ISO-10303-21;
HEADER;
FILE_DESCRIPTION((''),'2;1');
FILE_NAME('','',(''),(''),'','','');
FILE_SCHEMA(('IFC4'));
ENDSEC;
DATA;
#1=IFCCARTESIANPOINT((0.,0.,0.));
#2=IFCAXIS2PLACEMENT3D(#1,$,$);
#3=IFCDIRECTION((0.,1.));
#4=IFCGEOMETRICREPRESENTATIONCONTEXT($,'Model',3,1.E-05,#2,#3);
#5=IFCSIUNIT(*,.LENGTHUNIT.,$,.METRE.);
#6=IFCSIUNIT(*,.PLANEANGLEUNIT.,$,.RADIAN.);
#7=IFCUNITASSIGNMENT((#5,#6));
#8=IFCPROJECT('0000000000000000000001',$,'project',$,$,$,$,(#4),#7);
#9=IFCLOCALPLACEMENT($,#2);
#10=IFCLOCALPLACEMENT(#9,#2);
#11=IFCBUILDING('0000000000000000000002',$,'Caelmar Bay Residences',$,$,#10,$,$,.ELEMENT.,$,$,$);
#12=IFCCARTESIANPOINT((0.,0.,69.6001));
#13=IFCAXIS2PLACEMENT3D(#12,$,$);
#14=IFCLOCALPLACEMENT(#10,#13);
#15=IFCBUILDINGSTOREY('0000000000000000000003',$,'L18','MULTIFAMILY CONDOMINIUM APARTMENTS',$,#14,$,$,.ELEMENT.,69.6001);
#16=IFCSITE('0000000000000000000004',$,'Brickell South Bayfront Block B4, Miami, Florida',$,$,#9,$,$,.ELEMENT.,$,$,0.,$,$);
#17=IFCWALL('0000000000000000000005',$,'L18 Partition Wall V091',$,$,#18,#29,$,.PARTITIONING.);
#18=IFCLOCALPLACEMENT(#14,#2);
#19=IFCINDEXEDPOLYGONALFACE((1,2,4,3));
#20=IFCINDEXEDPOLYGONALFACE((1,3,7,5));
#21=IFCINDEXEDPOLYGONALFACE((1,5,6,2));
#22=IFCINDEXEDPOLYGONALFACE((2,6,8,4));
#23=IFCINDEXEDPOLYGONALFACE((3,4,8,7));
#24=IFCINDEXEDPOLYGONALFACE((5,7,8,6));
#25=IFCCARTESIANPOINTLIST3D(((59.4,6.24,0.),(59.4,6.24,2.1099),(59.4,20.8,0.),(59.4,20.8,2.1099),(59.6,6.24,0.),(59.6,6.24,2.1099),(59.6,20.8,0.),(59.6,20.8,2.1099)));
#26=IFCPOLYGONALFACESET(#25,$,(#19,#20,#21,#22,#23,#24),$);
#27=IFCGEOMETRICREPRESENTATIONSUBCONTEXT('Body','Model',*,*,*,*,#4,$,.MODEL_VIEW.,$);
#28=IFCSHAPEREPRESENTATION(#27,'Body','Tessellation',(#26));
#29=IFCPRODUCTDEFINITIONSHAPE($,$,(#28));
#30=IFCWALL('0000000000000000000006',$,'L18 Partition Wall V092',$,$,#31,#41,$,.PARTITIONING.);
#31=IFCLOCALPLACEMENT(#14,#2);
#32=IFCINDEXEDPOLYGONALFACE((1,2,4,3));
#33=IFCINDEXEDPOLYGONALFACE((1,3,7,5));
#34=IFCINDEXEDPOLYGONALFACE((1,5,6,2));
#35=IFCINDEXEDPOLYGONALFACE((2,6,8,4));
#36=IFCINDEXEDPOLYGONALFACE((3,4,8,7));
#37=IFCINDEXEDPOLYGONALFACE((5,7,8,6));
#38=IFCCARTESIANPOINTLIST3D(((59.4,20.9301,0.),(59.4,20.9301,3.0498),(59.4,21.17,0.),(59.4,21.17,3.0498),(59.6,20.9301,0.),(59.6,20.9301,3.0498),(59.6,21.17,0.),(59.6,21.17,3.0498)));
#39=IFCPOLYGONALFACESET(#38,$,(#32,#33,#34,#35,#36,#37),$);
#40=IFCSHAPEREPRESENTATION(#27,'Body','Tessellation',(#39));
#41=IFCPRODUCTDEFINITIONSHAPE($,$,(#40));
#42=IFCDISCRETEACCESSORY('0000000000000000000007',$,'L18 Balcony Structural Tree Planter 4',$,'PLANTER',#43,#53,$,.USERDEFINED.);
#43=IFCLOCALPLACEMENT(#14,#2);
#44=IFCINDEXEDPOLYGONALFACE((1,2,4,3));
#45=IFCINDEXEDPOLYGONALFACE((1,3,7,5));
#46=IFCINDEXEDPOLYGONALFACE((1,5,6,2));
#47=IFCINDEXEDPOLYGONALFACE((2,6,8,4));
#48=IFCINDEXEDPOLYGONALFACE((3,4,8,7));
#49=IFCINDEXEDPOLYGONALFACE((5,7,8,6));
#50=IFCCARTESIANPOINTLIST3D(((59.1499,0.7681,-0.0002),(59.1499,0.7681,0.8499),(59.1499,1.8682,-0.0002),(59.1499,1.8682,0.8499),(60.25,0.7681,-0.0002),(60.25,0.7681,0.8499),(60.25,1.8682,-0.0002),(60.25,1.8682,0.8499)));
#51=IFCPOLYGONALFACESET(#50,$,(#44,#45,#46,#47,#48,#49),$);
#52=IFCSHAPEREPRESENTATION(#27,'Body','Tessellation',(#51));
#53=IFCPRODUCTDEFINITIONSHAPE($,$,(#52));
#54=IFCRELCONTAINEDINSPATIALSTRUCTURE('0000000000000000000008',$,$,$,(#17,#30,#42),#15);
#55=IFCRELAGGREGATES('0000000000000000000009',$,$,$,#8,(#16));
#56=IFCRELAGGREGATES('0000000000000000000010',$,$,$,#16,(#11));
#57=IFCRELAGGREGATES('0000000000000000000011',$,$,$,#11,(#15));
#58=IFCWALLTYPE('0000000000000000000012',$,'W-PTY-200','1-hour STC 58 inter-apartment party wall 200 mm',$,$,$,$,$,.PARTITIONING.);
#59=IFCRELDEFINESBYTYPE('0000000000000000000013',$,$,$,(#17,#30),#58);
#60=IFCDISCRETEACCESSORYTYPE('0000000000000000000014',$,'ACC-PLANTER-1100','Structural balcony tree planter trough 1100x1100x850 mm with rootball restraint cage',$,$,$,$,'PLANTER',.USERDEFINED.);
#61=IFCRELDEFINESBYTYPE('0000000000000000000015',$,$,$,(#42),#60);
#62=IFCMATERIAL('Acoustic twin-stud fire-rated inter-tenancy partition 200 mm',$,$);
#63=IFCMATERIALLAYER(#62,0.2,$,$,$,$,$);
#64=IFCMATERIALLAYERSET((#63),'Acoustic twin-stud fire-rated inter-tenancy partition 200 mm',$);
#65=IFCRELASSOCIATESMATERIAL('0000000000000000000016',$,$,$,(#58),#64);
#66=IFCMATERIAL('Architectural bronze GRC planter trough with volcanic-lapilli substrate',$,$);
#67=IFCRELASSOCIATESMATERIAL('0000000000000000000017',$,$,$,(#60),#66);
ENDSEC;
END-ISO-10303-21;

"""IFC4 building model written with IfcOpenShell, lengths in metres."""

from ifc_helpers import new_model, si_unit, direction, frame, frame_2d, origin, origin_2d, place, context, subcontext, project, spatial, rectangle, extrude, material, layer, layer_set, type_object, element, save


model = new_model("IFC4")

# Units and contexts
model_context = context("Model", 3, precision=1e-05, world=origin(), true_north=direction((0.0, 1.0)))
body_context = subcontext(model_context, "Body", "Model", "MODEL_VIEW")
ifc_project = project(units=[si_unit("LENGTHUNIT", "METRE"), si_unit("PLANEANGLEUNIT", "RADIAN")], contexts=[model_context])

# Site, building, storey
site_placement = place(None, origin())
site = spatial("IfcSite", under=ifc_project, at=site_placement, Name="Brickell South Bayfront Block B4, Miami, Florida", CompositionType="ELEMENT", RefElevation=0.0)
building_placement = place(site_placement, origin())
building = spatial("IfcBuilding", under=site, at=building_placement, Name="Caelmar Bay Residences", CompositionType="ELEMENT")
storey_placement = place(building_placement, frame((0.0, 0.0, 69.6001)))
storey = spatial("IfcBuildingStorey", under=building, at=storey_placement, Name="L18", Description="MULTIFAMILY CONDOMINIUM APARTMENTS", CompositionType="ELEMENT", Elevation=69.6001)

# Walls
ifc_material_1 = material(Name="Acoustic twin-stud fire-rated inter-tenancy partition 200 mm")
ifc_layer_1 = layer(ifc_material_1, 0.2)
ifc_layer_set_1 = layer_set([ifc_layer_1], Name="Acoustic twin-stud fire-rated inter-tenancy partition 200 mm")
wall_type_1 = type_object("IfcWallType", Name="W-PTY-200", Description="1-hour STC 58 inter-apartment party wall 200 mm", PredefinedType="PARTITIONING", material=ifc_layer_set_1)
wall_1_placement = place(storey_placement, frame((59.5, 6.24, 0.0), z_axis=(0.0, 0.0, 1.0), x_axis=(0.0, 1.0, 0.0)))
element("IfcWall", 1, at=wall_1_placement, inside=storey, type_object=wall_type_1, Name="L18 Partition Wall V091", PredefinedType="PARTITIONING", context=body_context, shape_type="SweptSolid", body=[
    extrude(rectangle(XDim=14.5601, YDim=0.2, at=frame_2d((7.28, 0.0))), origin(), (0.0, 0.0, 1.0), 2.1099),
])
wall_2_placement = place(storey_placement, frame((59.5, 20.9299, 0.0), z_axis=(0.0, 0.0, 1.0), x_axis=(0.0, 1.0, 0.0)))
element("IfcWall", 2, at=wall_2_placement, inside=storey, type_object=wall_type_1, Name="L18 Partition Wall V092", PredefinedType="PARTITIONING", context=body_context, shape_type="SweptSolid", body=[
    extrude(rectangle(XDim=0.24, YDim=0.2, at=frame_2d((0.1201, 0.0))), origin(), (0.0, 0.0, 1.0), 3.0498),
])

# Discrete accessory
ifc_material_2 = material(Name="Architectural bronze GRC planter trough with volcanic-lapilli substrate")
discrete_accessory_type = type_object("IfcDiscreteAccessoryType", Name="ACC-PLANTER-1100", Description="Structural balcony tree planter trough 1100x1100x850 mm with rootball restraint cage", ElementType="PLANTER", PredefinedType="USERDEFINED", material=ifc_material_2)
discrete_accessory_placement = place(storey_placement, frame((59.7, 1.3181, -0.0002), z_axis=(0.0, 0.0, 1.0), x_axis=(1.0, 0.0, 0.0)))
element("IfcDiscreteAccessory", 3, at=discrete_accessory_placement, inside=storey, type_object=discrete_accessory_type, Name="L18 Balcony Structural Tree Planter 4", ObjectType="PLANTER", PredefinedType="USERDEFINED", context=body_context, shape_type="SweptSolid", body=[
    extrude(rectangle(XDim=1.1001, YDim=1.1001, at=origin_2d()), origin(), (0.0, 0.0, 1.0), 0.8501),
])

save(model, "model.ifc")
